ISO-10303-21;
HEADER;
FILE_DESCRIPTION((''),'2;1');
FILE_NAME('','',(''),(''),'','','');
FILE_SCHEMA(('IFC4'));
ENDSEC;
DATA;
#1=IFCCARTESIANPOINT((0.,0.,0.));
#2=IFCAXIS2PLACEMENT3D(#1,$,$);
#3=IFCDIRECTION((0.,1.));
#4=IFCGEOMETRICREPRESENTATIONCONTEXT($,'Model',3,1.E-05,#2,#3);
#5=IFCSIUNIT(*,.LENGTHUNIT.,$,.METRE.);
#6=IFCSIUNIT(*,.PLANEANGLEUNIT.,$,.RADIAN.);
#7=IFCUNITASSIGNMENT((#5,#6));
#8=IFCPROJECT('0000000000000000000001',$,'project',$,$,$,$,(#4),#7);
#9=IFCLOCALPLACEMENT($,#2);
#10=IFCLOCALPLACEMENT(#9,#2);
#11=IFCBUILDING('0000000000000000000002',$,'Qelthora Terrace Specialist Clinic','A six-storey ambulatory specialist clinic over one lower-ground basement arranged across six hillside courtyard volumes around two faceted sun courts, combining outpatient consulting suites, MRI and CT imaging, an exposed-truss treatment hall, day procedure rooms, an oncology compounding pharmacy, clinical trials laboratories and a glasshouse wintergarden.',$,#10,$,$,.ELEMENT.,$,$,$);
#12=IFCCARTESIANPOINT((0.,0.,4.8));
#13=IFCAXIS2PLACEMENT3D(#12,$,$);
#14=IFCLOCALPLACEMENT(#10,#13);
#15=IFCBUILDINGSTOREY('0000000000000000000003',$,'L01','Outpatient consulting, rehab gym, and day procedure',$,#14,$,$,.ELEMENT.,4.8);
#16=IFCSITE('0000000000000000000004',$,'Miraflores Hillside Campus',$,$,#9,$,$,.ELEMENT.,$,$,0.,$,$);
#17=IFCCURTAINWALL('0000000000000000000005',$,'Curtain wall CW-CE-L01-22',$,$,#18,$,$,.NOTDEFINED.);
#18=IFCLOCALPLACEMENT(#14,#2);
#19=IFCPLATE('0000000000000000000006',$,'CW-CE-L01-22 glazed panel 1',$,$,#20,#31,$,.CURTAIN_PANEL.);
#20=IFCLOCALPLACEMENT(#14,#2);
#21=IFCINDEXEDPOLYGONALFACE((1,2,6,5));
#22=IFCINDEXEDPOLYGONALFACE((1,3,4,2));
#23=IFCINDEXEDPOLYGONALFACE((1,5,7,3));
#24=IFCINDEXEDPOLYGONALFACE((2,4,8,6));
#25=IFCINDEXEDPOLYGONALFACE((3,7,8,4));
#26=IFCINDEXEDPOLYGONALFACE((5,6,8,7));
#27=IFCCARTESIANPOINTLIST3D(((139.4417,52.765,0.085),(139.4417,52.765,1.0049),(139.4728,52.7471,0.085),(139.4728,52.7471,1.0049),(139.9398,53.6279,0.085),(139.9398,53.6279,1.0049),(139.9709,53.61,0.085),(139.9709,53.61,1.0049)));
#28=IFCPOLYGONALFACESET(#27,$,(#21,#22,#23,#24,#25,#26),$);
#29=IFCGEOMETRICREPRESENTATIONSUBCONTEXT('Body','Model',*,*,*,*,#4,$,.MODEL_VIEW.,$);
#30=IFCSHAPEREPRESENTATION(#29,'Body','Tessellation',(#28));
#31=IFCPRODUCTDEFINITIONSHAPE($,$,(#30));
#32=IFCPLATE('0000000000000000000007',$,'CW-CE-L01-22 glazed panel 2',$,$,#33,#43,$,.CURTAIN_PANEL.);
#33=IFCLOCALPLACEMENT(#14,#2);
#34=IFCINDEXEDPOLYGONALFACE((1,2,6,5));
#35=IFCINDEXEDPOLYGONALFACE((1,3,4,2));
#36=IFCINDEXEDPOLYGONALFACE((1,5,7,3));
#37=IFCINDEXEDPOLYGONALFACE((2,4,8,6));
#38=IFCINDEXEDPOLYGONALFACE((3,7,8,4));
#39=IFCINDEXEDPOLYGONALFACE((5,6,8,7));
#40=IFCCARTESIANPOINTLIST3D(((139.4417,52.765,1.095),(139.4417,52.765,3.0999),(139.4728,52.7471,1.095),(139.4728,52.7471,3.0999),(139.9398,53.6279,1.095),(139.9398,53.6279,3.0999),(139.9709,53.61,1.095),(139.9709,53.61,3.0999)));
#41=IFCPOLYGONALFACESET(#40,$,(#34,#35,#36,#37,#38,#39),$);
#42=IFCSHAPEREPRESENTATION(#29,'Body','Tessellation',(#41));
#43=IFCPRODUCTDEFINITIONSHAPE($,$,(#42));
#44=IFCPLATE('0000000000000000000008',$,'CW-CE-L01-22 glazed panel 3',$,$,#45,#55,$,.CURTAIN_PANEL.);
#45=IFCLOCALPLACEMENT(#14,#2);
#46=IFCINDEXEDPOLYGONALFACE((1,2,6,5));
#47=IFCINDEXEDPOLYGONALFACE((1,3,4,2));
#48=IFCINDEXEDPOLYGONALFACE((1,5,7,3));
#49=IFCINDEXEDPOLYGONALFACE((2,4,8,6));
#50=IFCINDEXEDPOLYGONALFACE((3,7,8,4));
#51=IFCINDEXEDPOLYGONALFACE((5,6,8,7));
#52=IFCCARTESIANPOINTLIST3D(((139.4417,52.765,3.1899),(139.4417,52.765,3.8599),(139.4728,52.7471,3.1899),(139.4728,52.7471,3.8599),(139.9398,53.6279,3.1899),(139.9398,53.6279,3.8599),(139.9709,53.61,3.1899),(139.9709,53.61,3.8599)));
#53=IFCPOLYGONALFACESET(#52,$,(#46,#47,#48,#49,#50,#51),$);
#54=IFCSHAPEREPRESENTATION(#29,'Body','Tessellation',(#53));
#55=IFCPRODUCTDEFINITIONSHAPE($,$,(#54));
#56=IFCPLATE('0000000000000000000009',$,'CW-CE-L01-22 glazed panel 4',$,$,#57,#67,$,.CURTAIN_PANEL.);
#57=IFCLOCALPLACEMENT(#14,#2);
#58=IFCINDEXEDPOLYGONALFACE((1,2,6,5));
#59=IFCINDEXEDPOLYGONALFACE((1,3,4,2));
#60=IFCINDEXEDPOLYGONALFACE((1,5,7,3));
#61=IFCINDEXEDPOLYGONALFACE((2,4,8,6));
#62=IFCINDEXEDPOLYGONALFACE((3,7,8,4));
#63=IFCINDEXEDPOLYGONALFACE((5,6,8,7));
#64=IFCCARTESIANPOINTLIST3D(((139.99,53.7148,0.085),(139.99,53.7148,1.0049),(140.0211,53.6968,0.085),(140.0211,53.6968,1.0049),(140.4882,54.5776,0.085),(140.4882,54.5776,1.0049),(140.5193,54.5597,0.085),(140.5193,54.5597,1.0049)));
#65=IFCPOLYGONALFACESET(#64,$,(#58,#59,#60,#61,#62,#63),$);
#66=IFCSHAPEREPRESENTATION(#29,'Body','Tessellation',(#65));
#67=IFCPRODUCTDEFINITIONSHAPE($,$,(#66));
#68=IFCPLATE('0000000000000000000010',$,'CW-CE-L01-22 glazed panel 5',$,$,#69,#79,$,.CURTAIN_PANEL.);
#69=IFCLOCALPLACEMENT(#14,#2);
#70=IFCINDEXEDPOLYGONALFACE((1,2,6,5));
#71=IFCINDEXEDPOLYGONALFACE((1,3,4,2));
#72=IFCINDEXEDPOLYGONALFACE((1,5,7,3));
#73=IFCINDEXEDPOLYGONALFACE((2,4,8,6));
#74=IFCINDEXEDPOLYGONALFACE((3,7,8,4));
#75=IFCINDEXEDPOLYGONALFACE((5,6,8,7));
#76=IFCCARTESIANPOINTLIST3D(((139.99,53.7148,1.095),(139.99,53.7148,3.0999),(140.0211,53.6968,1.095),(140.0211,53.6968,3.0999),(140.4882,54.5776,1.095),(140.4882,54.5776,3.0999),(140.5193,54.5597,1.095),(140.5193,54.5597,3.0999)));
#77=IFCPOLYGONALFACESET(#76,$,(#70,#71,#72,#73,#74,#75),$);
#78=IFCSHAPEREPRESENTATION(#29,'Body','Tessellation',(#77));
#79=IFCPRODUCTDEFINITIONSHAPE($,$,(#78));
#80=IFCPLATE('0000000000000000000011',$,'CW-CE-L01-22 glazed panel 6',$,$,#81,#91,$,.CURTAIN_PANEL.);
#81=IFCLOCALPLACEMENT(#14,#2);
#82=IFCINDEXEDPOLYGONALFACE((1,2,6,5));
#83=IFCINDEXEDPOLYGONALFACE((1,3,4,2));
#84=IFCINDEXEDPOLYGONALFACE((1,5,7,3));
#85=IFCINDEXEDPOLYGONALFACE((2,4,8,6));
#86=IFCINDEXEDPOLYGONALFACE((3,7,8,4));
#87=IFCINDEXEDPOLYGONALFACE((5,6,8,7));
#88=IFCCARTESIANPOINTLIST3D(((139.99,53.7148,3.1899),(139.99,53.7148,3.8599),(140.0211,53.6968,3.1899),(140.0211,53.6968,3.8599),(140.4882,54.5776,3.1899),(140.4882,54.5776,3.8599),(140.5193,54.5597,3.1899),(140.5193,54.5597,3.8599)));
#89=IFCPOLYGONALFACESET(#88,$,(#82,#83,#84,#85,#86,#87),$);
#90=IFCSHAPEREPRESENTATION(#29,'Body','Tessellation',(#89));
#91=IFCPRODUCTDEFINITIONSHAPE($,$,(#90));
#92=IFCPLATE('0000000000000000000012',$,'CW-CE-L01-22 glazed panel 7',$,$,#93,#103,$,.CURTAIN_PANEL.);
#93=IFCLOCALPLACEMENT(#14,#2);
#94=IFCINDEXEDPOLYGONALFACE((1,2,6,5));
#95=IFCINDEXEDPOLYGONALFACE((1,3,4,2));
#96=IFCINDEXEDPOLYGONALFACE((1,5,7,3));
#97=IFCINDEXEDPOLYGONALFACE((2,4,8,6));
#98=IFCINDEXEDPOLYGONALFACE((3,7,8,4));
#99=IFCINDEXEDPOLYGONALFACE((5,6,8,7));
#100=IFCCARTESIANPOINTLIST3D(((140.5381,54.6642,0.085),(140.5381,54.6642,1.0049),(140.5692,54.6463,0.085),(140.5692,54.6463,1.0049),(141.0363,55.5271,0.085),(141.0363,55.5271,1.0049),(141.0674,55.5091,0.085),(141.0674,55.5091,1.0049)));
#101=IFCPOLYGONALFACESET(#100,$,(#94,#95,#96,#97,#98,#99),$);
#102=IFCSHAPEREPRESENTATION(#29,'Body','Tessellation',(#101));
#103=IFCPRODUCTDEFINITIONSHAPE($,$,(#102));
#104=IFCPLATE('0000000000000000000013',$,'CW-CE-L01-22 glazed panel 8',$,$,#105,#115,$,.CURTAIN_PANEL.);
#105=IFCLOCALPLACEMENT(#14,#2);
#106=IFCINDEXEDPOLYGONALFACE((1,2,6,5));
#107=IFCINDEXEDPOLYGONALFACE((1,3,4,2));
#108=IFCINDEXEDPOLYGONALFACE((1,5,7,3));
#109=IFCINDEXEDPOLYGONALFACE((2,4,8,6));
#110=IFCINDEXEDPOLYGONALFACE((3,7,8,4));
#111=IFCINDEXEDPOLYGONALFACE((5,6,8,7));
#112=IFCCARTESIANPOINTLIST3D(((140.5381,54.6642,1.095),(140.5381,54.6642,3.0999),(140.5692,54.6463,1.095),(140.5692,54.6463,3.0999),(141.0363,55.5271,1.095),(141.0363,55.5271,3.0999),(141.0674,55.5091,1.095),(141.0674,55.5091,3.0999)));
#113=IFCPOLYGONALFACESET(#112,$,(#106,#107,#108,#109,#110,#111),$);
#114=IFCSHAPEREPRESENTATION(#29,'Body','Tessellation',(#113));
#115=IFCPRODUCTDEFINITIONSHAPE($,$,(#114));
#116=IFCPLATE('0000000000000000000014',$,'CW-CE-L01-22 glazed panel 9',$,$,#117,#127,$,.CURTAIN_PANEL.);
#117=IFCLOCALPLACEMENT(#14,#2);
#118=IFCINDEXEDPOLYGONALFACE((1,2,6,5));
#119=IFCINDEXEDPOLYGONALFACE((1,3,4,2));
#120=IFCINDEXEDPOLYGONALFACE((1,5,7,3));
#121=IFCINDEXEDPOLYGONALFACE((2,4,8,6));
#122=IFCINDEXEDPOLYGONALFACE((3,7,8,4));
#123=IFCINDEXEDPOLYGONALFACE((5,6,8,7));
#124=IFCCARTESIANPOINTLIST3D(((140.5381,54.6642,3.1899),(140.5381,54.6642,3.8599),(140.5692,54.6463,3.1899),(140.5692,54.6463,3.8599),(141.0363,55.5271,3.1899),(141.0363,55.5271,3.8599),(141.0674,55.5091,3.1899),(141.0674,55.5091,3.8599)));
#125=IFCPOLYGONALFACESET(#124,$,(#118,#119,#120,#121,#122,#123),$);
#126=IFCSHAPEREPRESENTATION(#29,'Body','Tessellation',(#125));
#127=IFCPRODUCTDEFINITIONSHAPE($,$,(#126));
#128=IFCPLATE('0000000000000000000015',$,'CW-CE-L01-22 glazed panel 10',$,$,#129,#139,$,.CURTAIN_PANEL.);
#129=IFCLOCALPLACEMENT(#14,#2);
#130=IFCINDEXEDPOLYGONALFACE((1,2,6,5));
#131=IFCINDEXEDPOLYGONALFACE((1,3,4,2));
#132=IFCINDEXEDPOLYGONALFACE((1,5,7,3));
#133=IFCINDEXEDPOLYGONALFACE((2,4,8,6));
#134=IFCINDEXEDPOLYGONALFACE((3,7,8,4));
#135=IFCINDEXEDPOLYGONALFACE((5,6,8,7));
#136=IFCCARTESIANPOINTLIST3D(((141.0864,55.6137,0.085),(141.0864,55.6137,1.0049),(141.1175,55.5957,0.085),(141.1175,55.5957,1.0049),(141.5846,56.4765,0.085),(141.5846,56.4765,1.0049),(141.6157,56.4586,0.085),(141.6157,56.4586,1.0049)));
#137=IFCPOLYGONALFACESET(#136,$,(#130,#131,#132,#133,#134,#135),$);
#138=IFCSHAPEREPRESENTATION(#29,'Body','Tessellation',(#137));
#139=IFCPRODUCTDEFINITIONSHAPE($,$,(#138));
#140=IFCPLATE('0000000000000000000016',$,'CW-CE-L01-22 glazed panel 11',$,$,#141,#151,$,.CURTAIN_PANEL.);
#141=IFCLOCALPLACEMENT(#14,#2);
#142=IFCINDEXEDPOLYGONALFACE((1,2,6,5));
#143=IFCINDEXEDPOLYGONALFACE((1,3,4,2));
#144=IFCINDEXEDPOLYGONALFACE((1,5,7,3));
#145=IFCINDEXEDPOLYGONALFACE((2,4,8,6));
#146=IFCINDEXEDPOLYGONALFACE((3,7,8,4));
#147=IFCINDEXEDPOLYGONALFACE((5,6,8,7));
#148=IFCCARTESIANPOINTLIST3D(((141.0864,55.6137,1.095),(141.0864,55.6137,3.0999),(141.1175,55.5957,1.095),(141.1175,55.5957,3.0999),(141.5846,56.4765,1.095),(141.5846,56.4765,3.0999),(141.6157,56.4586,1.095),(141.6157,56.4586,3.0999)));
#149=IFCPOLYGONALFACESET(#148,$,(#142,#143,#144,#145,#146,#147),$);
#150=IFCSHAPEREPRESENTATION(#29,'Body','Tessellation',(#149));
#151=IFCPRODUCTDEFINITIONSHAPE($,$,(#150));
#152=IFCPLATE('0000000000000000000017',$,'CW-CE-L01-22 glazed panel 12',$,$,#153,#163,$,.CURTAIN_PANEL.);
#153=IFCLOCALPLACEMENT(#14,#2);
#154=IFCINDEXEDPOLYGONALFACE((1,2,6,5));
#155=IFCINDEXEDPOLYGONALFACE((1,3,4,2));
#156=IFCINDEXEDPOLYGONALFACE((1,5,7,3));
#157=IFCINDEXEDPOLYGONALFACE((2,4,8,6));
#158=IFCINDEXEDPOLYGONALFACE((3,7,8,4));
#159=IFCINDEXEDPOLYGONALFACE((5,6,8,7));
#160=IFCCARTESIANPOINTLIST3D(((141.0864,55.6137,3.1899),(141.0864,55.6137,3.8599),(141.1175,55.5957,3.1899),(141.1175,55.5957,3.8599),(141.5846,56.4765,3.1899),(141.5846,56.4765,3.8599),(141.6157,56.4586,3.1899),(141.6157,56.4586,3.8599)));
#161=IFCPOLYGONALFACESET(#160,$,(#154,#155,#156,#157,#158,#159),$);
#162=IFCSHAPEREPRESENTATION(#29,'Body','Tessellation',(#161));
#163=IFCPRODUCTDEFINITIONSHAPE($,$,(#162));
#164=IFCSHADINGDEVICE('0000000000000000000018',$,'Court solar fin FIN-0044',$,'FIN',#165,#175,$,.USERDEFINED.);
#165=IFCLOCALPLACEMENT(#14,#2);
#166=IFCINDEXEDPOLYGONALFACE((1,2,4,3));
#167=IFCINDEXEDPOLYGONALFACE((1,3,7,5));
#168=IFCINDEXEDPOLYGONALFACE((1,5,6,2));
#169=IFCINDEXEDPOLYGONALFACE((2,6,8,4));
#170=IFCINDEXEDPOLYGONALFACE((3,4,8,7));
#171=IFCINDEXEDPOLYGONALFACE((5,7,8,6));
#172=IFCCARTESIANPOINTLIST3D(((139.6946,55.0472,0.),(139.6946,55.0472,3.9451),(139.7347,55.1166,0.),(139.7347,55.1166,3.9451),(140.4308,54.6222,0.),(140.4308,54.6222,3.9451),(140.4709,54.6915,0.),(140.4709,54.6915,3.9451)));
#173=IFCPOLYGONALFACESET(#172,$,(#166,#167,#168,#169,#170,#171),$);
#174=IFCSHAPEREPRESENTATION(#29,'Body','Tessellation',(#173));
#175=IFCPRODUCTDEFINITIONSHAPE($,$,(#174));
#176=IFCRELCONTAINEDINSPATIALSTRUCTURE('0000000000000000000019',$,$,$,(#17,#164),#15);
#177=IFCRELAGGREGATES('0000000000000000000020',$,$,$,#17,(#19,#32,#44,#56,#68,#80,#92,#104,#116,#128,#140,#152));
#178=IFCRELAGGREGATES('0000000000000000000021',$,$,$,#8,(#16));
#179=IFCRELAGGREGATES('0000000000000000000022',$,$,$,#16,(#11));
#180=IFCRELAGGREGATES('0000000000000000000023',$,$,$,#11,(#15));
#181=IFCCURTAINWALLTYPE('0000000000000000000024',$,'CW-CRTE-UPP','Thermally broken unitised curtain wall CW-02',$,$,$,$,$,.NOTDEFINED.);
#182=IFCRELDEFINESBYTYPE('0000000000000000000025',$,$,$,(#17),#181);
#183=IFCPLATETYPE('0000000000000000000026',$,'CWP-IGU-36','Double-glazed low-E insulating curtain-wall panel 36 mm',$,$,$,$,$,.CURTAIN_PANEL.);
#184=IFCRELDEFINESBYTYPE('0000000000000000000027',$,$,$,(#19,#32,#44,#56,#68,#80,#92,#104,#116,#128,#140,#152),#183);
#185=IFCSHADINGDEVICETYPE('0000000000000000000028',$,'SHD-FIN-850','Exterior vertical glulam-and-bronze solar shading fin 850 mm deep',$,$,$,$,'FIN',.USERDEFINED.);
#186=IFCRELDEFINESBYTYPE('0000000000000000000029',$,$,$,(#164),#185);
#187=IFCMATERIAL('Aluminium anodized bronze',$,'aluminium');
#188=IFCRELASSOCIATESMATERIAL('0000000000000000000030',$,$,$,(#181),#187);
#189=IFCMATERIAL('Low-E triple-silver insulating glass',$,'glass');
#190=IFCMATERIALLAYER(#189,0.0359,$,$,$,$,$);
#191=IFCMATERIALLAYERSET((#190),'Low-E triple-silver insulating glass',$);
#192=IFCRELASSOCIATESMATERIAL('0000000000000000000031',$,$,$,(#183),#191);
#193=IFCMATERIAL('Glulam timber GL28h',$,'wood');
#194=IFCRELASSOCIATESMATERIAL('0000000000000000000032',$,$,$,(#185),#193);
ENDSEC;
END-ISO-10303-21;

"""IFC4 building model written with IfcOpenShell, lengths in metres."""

from ifc_helpers import new_model, si_unit, direction, frame, origin, origin_2d, place, context, subcontext, project, spatial, rectangle, extrude, material, layer, layer_set, type_object, element, aggregate, save


model = new_model("IFC4")

# Units and contexts
model_context = context("Model", 3, precision=1e-05, world=origin(), true_north=direction((0.0, 1.0)))
body_context = subcontext(model_context, "Body", "Model", "MODEL_VIEW")
ifc_project = project(units=[si_unit("LENGTHUNIT", "METRE"), si_unit("PLANEANGLEUNIT", "RADIAN")], contexts=[model_context])

# Site, building, storey
site_placement = place(None, origin())
site = spatial("IfcSite", under=ifc_project, at=site_placement, Name="Miraflores Hillside Campus", CompositionType="ELEMENT", RefElevation=0.0)
building_placement = place(site_placement, origin())
building = spatial("IfcBuilding", under=site, at=building_placement, Name="Qelthora Terrace Specialist Clinic", Description="A six-storey ambulatory specialist clinic over one lower-ground basement arranged across six hillside courtyard volumes around two faceted sun courts, combining outpatient consulting suites, MRI and CT imaging, an exposed-truss treatment hall, day procedure rooms, an oncology compounding pharmacy, clinical trials laboratories and a glasshouse wintergarden.", CompositionType="ELEMENT")
storey_placement = place(building_placement, frame((0.0, 0.0, 4.8)))
storey = spatial("IfcBuildingStorey", under=building, at=storey_placement, Name="L01", Description="Outpatient consulting, rehab gym, and day procedure", CompositionType="ELEMENT", Elevation=4.8)

# Curtain wall
ifc_material_1 = material(Name="Aluminium anodized bronze", Category="aluminium")
curtain_wall_type = type_object("IfcCurtainWallType", Name="CW-CRTE-UPP", Description="Thermally broken unitised curtain wall CW-02", PredefinedType="NOTDEFINED", material=ifc_material_1)
curtain_wall_1_placement = place(storey_placement, origin())
curtain_wall_1 = element("IfcCurtainWall", 1, at=curtain_wall_1_placement, inside=storey, type_object=curtain_wall_type, Name="Curtain wall CW-CE-L01-22", PredefinedType="NOTDEFINED")

# Plates
ifc_material_2 = material(Name="Low-E triple-silver insulating glass", Category="glass")
ifc_layer = layer(ifc_material_2, 0.0359)
ifc_layer_set = layer_set([ifc_layer], Name="Low-E triple-silver insulating glass")
plate_type = type_object("IfcPlateType", Name="CWP-IGU-36", Description="Double-glazed low-E insulating curtain-wall panel 36 mm", PredefinedType="CURTAIN_PANEL", material=ifc_layer_set)
plate_1_placement = place(storey_placement, frame((139.7063, 53.1875, 0.085), z_axis=(0.0, 0.0, 1.0), x_axis=(0.5, 0.866025, 0.0)))
plate_1 = element("IfcPlate", 2, at=plate_1_placement, type_object=plate_type, Name="CW-CE-L01-22 glazed panel 1", PredefinedType="CURTAIN_PANEL", context=body_context, shape_type="SweptSolid", body=[
    extrude(rectangle(XDim=0.9963, YDim=0.0359, at=origin_2d()), origin(), (0.0, 0.0, 1.0), 0.9199),
])
plate_2_placement = place(storey_placement, frame((139.7063, 53.1875, 1.095), z_axis=(0.0, 0.0, 1.0), x_axis=(0.5, 0.866025, 0.0)))
plate_2 = element("IfcPlate", 3, at=plate_2_placement, type_object=plate_type, Name="CW-CE-L01-22 glazed panel 2", PredefinedType="CURTAIN_PANEL", context=body_context, shape_type="SweptSolid", body=[
    extrude(rectangle(XDim=0.9963, YDim=0.0359, at=origin_2d()), origin(), (0.0, 0.0, 1.0), 2.0049),
])
plate_3_placement = place(storey_placement, frame((139.7063, 53.1875, 3.1899), z_axis=(0.0, 0.0, 1.0), x_axis=(0.5, 0.866025, 0.0)))
plate_3 = element("IfcPlate", 4, at=plate_3_placement, type_object=plate_type, Name="CW-CE-L01-22 glazed panel 3", PredefinedType="CURTAIN_PANEL", context=body_context, shape_type="SweptSolid", body=[
    extrude(rectangle(XDim=0.9963, YDim=0.0359, at=origin_2d()), origin(), (0.0, 0.0, 1.0), 0.6699),
])
plate_4_placement = place(storey_placement, frame((140.2546, 54.1372, 0.085), z_axis=(0.0, 0.0, 1.0), x_axis=(0.5, 0.866025, 0.0)))
plate_4 = element("IfcPlate", 5, at=plate_4_placement, type_object=plate_type, Name="CW-CE-L01-22 glazed panel 4", PredefinedType="CURTAIN_PANEL", context=body_context, shape_type="SweptSolid", body=[
    extrude(rectangle(XDim=0.9963, YDim=0.0359, at=origin_2d()), origin(), (0.0, 0.0, 1.0), 0.9199),
])
plate_5_placement = place(storey_placement, frame((140.2546, 54.1372, 1.095), z_axis=(0.0, 0.0, 1.0), x_axis=(0.5, 0.866025, 0.0)))
plate_5 = element("IfcPlate", 6, at=plate_5_placement, type_object=plate_type, Name="CW-CE-L01-22 glazed panel 5", PredefinedType="CURTAIN_PANEL", context=body_context, shape_type="SweptSolid", body=[
    extrude(rectangle(XDim=0.9963, YDim=0.0359, at=origin_2d()), origin(), (0.0, 0.0, 1.0), 2.0049),
])
plate_6_placement = place(storey_placement, frame((140.2546, 54.1372, 3.1899), z_axis=(0.0, 0.0, 1.0), x_axis=(0.5, 0.866025, 0.0)))
plate_6 = element("IfcPlate", 7, at=plate_6_placement, type_object=plate_type, Name="CW-CE-L01-22 glazed panel 6", PredefinedType="CURTAIN_PANEL", context=body_context, shape_type="SweptSolid", body=[
    extrude(rectangle(XDim=0.9963, YDim=0.0359, at=origin_2d()), origin(), (0.0, 0.0, 1.0), 0.6699),
])
plate_7_placement = place(storey_placement, frame((140.8027, 55.0867, 0.085), z_axis=(0.0, 0.0, 1.0), x_axis=(0.5, 0.866025, 0.0)))
plate_7 = element("IfcPlate", 8, at=plate_7_placement, type_object=plate_type, Name="CW-CE-L01-22 glazed panel 7", PredefinedType="CURTAIN_PANEL", context=body_context, shape_type="SweptSolid", body=[
    extrude(rectangle(XDim=0.9963, YDim=0.0359, at=origin_2d()), origin(), (0.0, 0.0, 1.0), 0.9199),
])
plate_8_placement = place(storey_placement, frame((140.8027, 55.0867, 1.095), z_axis=(0.0, 0.0, 1.0), x_axis=(0.5, 0.866025, 0.0)))
plate_8 = element("IfcPlate", 9, at=plate_8_placement, type_object=plate_type, Name="CW-CE-L01-22 glazed panel 8", PredefinedType="CURTAIN_PANEL", context=body_context, shape_type="SweptSolid", body=[
    extrude(rectangle(XDim=0.9963, YDim=0.0359, at=origin_2d()), origin(), (0.0, 0.0, 1.0), 2.0049),
])
plate_9_placement = place(storey_placement, frame((140.8027, 55.0867, 3.1899), z_axis=(0.0, 0.0, 1.0), x_axis=(0.5, 0.866025, 0.0)))
plate_9 = element("IfcPlate", 10, at=plate_9_placement, type_object=plate_type, Name="CW-CE-L01-22 glazed panel 9", PredefinedType="CURTAIN_PANEL", context=body_context, shape_type="SweptSolid", body=[
    extrude(rectangle(XDim=0.9963, YDim=0.0359, at=origin_2d()), origin(), (0.0, 0.0, 1.0), 0.6699),
])
plate_10_placement = place(storey_placement, frame((141.3511, 56.0361, 0.085), z_axis=(0.0, 0.0, 1.0), x_axis=(0.5, 0.866025, 0.0)))
plate_10 = element("IfcPlate", 11, at=plate_10_placement, type_object=plate_type, Name="CW-CE-L01-22 glazed panel 10", PredefinedType="CURTAIN_PANEL", context=body_context, shape_type="SweptSolid", body=[
    extrude(rectangle(XDim=0.9963, YDim=0.0359, at=origin_2d()), origin(), (0.0, 0.0, 1.0), 0.9199),
])
plate_11_placement = place(storey_placement, frame((141.3511, 56.0361, 1.095), z_axis=(0.0, 0.0, 1.0), x_axis=(0.5, 0.866025, 0.0)))
plate_11 = element("IfcPlate", 12, at=plate_11_placement, type_object=plate_type, Name="CW-CE-L01-22 glazed panel 11", PredefinedType="CURTAIN_PANEL", context=body_context, shape_type="SweptSolid", body=[
    extrude(rectangle(XDim=0.9963, YDim=0.0359, at=origin_2d()), origin(), (0.0, 0.0, 1.0), 2.0049),
])
plate_12_placement = place(storey_placement, frame((141.3511, 56.0361, 3.1899), z_axis=(0.0, 0.0, 1.0), x_axis=(0.5, 0.866025, 0.0)))
plate_12 = element("IfcPlate", 13, at=plate_12_placement, type_object=plate_type, Name="CW-CE-L01-22 glazed panel 12", PredefinedType="CURTAIN_PANEL", context=body_context, shape_type="SweptSolid", body=[
    extrude(rectangle(XDim=0.9963, YDim=0.0359, at=origin_2d()), origin(), (0.0, 0.0, 1.0), 0.6699),
])
aggregate(curtain_wall_1, [plate_1, plate_2, plate_3, plate_4, plate_5, plate_6, plate_7, plate_8, plate_9, plate_10, plate_11, plate_12])

# Shading device
ifc_material_3 = material(Name="Glulam timber GL28h", Category="wood")
shading_device_type = type_object("IfcShadingDeviceType", Name="SHD-FIN-850", Description="Exterior vertical glulam-and-bronze solar shading fin 850 mm deep", ElementType="FIN", PredefinedType="USERDEFINED", material=ifc_material_3)
shading_device_placement = place(storey_placement, frame((140.0828, 54.8694, 0.0), z_axis=(0.0, 0.0, 1.0), x_axis=(-0.866025, 0.5, 0.0)))
element("IfcShadingDevice", 14, at=shading_device_placement, inside=storey, type_object=shading_device_type, Name="Court solar fin FIN-0044", ObjectType="FIN", PredefinedType="USERDEFINED", context=body_context, shape_type="SweptSolid", body=[
    extrude(rectangle(XDim=0.8501, YDim=0.0801, at=origin_2d()), origin(), (0.0, 0.0, 1.0), 3.9451),
])

save(model, "model.ifc")
